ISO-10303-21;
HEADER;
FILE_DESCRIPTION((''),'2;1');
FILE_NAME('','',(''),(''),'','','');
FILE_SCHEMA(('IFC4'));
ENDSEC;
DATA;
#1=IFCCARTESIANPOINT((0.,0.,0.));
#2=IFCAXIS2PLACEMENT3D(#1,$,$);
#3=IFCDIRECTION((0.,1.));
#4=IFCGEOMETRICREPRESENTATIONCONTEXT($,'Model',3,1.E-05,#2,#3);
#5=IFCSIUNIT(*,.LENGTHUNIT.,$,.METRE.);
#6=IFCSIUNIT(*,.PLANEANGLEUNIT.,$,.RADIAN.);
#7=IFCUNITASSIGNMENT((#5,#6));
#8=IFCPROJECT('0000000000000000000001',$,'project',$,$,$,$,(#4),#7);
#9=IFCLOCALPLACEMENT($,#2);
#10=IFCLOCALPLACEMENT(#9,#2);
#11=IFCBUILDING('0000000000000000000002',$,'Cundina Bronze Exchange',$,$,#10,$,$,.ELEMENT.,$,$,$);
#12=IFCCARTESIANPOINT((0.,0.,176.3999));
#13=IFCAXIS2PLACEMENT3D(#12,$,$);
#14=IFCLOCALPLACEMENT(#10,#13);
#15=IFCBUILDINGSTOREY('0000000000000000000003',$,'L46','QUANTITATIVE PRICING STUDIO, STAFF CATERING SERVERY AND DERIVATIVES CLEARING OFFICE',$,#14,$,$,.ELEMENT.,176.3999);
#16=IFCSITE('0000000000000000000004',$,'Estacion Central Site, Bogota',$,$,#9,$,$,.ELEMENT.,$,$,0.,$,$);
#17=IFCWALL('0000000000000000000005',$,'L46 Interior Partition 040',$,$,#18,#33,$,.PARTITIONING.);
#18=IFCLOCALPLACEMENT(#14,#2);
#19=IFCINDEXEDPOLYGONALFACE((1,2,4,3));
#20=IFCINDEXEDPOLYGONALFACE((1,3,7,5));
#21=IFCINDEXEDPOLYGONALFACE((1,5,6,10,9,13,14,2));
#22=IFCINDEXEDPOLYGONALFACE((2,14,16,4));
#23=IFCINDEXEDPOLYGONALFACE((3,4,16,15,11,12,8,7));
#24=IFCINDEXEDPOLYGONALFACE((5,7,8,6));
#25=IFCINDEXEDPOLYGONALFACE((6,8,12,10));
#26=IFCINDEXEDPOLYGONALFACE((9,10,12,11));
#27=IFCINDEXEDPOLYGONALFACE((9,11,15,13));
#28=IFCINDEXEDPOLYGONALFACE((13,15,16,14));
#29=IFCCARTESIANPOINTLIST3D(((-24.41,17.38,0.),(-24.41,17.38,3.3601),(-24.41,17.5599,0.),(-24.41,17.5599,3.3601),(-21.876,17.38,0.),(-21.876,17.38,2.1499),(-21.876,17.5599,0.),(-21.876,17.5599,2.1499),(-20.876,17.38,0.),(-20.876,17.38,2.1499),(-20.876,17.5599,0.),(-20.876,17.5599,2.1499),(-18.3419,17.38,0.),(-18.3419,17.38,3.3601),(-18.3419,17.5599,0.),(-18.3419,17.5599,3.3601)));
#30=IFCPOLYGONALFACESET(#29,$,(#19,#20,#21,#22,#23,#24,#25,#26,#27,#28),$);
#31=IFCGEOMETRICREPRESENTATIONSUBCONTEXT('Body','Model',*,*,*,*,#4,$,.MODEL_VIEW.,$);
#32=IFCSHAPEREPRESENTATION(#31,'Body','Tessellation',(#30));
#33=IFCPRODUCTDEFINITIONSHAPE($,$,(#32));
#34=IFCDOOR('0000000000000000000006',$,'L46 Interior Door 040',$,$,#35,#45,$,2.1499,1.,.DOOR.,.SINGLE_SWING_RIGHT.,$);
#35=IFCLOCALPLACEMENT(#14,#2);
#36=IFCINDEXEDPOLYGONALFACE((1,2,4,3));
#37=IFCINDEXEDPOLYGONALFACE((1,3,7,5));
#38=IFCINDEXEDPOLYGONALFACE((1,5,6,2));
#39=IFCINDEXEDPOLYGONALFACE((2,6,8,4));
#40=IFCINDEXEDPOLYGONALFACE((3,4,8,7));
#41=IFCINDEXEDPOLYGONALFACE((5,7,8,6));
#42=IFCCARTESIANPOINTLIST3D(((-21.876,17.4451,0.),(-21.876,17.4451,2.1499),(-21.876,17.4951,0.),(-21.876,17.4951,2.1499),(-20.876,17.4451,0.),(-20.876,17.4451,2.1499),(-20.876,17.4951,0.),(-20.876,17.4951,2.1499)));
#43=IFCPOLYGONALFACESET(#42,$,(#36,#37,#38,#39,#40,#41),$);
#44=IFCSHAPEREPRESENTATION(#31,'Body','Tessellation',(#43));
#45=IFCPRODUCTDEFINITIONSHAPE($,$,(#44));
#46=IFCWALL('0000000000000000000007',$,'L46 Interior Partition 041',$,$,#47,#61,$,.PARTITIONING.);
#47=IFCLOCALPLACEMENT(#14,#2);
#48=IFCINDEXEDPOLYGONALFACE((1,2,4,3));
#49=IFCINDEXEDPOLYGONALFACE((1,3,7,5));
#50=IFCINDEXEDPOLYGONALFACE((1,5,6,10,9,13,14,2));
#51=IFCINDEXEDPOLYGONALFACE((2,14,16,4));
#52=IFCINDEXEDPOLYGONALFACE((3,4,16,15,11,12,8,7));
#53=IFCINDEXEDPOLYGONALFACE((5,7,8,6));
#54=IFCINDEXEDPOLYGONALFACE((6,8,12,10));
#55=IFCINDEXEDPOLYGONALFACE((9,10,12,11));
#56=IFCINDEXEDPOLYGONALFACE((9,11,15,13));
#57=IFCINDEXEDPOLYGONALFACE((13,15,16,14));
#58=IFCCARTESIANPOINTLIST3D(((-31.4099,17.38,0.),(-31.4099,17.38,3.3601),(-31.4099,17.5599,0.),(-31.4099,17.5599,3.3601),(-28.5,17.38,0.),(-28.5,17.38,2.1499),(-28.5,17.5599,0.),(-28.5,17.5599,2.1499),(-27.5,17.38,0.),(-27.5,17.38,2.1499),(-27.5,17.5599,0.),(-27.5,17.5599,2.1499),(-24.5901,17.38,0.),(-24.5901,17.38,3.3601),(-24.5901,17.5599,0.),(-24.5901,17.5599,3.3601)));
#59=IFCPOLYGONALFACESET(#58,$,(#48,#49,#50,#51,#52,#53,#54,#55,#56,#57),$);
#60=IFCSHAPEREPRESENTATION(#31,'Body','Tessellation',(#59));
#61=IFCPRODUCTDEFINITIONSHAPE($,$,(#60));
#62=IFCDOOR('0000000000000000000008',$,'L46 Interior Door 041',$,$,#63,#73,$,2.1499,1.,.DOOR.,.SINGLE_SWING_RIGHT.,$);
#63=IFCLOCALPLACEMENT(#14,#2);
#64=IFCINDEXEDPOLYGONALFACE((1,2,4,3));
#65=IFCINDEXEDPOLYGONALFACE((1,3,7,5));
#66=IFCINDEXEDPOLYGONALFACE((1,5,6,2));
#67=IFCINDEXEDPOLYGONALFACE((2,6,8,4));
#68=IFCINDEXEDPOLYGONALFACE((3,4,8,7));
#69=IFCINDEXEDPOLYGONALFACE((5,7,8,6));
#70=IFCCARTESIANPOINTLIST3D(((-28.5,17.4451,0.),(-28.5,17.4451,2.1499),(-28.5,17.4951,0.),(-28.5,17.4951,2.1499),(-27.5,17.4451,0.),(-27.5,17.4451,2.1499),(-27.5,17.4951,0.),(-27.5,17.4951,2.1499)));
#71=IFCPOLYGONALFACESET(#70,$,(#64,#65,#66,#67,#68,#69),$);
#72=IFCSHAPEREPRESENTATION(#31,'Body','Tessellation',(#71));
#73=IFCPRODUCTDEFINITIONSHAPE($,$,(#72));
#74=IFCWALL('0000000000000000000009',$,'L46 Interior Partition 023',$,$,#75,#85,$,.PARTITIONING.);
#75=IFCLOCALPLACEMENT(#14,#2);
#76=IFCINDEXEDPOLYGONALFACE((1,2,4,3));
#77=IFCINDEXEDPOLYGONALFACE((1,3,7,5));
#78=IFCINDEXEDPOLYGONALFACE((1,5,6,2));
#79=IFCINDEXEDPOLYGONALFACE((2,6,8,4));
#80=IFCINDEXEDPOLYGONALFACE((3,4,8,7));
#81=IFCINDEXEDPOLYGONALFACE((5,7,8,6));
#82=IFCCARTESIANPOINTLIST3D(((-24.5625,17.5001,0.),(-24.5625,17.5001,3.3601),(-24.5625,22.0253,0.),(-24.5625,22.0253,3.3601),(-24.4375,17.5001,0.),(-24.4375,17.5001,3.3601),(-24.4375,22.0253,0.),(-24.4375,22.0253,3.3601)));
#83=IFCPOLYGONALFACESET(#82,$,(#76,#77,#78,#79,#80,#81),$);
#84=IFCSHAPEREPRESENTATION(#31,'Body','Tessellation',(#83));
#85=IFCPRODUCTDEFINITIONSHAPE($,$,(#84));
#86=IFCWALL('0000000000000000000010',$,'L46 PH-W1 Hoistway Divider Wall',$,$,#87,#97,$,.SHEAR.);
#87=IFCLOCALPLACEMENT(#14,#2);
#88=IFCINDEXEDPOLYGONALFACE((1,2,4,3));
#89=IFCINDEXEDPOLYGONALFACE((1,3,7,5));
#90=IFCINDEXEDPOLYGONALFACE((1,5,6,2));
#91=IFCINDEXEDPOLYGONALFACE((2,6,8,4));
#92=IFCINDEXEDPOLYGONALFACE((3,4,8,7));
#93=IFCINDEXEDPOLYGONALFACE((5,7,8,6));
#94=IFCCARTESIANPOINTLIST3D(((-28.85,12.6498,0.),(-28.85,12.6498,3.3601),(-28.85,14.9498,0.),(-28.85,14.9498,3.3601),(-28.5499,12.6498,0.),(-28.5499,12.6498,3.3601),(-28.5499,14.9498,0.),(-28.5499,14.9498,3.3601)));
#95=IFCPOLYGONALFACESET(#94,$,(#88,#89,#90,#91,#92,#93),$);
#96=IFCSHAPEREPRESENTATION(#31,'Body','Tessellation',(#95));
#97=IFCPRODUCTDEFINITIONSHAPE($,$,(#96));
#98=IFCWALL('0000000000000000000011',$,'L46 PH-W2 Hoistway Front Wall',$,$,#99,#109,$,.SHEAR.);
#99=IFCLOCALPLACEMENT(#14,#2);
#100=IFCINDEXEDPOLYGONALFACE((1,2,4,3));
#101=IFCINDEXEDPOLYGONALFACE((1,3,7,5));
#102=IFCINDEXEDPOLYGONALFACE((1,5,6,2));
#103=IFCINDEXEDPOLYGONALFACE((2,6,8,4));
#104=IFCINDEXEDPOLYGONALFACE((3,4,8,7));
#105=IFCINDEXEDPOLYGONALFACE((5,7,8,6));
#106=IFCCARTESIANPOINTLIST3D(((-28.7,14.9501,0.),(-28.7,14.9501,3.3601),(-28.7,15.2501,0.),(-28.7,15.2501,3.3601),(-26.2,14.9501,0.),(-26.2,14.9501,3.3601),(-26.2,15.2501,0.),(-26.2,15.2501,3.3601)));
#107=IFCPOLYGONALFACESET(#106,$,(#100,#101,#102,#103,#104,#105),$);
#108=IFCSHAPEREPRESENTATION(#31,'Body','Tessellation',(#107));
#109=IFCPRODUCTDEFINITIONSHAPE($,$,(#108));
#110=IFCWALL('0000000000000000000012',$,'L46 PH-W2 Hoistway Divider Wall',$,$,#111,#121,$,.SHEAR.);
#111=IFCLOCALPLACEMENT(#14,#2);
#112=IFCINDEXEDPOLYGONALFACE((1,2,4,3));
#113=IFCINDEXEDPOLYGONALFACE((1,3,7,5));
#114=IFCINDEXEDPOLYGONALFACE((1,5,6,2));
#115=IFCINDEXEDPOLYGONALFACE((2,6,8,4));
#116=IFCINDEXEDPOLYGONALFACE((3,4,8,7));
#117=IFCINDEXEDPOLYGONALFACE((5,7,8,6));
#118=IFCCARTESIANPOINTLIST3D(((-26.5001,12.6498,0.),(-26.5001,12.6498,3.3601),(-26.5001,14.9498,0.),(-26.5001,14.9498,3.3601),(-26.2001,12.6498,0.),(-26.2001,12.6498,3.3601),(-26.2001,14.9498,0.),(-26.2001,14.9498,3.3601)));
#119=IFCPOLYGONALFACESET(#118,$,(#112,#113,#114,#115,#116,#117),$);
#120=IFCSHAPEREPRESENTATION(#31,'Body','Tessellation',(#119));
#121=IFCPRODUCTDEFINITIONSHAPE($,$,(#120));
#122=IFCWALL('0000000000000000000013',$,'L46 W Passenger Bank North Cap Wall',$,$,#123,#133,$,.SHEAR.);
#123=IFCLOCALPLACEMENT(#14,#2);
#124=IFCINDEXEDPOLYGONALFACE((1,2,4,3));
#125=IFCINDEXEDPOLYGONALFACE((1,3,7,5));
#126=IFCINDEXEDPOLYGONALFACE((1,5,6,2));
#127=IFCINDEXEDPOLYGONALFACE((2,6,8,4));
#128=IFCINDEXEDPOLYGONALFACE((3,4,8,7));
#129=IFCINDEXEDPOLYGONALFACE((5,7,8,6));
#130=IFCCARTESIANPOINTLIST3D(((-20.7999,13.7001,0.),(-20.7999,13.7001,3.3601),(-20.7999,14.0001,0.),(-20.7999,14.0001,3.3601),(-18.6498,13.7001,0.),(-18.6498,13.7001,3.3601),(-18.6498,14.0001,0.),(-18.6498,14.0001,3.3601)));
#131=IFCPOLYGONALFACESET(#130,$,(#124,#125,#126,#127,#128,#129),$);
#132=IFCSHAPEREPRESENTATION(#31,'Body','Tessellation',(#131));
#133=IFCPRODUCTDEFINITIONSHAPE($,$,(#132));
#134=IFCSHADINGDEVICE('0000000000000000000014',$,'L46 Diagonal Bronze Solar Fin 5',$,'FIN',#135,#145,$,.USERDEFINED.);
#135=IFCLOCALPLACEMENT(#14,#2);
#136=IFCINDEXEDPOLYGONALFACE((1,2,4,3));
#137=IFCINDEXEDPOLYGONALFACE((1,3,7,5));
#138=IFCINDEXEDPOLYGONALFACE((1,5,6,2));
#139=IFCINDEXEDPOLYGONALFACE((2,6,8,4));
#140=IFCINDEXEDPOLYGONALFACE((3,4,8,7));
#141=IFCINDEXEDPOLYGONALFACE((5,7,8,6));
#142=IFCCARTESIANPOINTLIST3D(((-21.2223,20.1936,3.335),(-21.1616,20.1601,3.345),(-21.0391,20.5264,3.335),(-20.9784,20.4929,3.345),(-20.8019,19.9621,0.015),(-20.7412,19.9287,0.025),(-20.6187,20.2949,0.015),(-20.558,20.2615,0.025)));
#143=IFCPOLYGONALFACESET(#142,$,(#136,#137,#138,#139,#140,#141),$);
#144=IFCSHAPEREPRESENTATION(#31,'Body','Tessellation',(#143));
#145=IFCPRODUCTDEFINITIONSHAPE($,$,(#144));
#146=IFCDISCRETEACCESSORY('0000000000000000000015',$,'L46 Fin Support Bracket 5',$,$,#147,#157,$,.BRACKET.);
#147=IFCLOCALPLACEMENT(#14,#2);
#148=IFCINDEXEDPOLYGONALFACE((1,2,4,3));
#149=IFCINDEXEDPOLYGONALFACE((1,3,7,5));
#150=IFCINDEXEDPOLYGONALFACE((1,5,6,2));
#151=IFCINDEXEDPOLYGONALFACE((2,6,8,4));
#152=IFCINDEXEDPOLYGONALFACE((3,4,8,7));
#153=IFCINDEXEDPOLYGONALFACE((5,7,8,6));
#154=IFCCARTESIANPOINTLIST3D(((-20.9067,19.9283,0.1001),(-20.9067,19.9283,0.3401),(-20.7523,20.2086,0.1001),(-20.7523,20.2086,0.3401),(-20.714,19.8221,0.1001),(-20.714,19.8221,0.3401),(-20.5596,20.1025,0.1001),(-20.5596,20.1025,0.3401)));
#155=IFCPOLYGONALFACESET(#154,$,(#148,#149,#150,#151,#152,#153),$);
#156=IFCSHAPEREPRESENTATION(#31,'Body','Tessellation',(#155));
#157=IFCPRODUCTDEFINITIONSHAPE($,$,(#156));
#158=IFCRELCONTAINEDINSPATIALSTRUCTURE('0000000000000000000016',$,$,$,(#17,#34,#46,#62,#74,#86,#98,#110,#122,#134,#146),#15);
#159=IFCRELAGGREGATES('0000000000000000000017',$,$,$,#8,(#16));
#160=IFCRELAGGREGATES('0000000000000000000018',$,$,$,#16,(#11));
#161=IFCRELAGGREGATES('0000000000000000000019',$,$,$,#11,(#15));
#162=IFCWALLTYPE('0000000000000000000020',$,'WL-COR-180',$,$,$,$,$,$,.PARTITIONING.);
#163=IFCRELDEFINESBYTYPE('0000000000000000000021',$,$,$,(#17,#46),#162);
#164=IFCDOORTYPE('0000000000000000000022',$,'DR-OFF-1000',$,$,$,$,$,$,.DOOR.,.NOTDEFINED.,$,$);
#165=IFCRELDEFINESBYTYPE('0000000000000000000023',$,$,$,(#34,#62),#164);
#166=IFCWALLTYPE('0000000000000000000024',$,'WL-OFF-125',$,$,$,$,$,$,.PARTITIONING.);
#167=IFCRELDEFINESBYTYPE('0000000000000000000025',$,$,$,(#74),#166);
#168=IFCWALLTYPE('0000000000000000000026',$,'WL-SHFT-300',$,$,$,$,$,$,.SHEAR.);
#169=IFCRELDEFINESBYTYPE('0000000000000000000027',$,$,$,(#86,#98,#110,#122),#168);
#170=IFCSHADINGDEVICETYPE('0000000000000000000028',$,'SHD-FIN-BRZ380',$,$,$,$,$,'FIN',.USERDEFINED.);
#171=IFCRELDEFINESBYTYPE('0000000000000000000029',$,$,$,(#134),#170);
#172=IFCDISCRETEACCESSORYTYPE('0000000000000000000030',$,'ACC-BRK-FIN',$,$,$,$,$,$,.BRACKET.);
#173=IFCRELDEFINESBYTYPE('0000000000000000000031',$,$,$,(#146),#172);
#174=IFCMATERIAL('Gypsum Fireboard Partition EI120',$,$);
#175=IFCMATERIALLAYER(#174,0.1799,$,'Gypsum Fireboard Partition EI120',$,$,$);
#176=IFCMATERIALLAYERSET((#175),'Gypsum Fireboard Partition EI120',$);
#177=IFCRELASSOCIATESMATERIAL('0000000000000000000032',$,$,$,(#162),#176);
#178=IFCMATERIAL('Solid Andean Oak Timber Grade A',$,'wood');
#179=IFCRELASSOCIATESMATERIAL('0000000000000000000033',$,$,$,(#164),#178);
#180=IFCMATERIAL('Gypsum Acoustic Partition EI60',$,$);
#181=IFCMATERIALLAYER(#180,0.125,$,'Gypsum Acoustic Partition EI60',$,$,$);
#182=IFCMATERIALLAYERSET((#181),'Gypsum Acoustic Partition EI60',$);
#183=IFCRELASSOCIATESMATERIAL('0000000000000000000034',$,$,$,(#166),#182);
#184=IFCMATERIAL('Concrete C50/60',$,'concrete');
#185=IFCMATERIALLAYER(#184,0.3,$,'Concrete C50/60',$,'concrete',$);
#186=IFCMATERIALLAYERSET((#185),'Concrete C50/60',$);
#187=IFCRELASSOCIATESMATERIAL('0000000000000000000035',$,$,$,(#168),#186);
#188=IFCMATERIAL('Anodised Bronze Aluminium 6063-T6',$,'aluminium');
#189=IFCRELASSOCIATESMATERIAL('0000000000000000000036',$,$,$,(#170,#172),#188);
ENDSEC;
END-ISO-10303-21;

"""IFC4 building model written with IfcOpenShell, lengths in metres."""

from ifc_helpers import new_model, si_unit, direction, frame, frame_2d, origin, origin_2d, place, context, subcontext, project, spatial, rectangle, extrude, material, layer, layer_set, material_profile, profile_set, type_object, element, fill, save


model = new_model("IFC4")

# Units and contexts
model_context = context("Model", 3, precision=1e-05, world=origin(), true_north=direction((0.0, 1.0)))
body_context = subcontext(model_context, "Body", "Model", "MODEL_VIEW")
ifc_project = project(units=[si_unit("LENGTHUNIT", "METRE"), si_unit("PLANEANGLEUNIT", "RADIAN")], contexts=[model_context])

# Site, building, storey
site_placement = place(None, origin())
site = spatial("IfcSite", under=ifc_project, at=site_placement, Name="Estacion Central Site, Bogota", CompositionType="ELEMENT", RefElevation=0.0)
building_placement = place(site_placement, origin())
building = spatial("IfcBuilding", under=site, at=building_placement, Name="Cundina Bronze Exchange", CompositionType="ELEMENT")
storey_placement = place(building_placement, frame((0.0, 0.0, 176.3999)))
storey = spatial("IfcBuildingStorey", under=building, at=storey_placement, Name="L46", Description="QUANTITATIVE PRICING STUDIO, STAFF CATERING SERVERY AND DERIVATIVES CLEARING OFFICE", CompositionType="ELEMENT", Elevation=176.3999)

# Shared definitions
ifc_material_1 = material(Name="Concrete C50/60", Category="concrete")

# Shared definitions
ifc_material_2 = material(Name="Anodised Bronze Aluminium 6063-T6", Category="aluminium")

# Shared definitions
ifc_material_3 = material(Name="Gypsum Fireboard Partition EI120")
ifc_layer_1 = layer(ifc_material_3, 0.1799, Name="Gypsum Fireboard Partition EI120")
ifc_layer_set_1 = layer_set([ifc_layer_1], Name="Gypsum Fireboard Partition EI120")
wall_type_1 = type_object("IfcWallType", Name="WL-COR-180", PredefinedType="PARTITIONING", material=ifc_layer_set_1)
ifc_material_4 = material(Name="Solid Andean Oak Timber Grade A", Category="wood")

# Walls, openings, doors
wall_1_placement = place(storey_placement, frame((-18.3418, 17.47, 0.0), z_axis=(0.0, 0.0, 1.0), x_axis=(-1.0, 0.0, 0.0)))
wall_1 = element("IfcWall", 1, at=wall_1_placement, inside=storey, type_object=wall_type_1, Name="L46 Interior Partition 040", PredefinedType="PARTITIONING", context=body_context, shape_type="SweptSolid", body=[
    extrude(rectangle(XDim=6.0681, YDim=0.1799, at=frame_2d((3.0342, 0.0))), origin(), (0.0, 0.0, 1.0), 3.3601),
])
opening_1_placement = place(wall_1_placement, frame((2.5342, 0.0, 0.0)))
opening_1 = element("IfcOpeningElement", 2, at=opening_1_placement, cuts=wall_1, PredefinedType="OPENING", context=body_context, shape_type="SweptSolid", body=[
    extrude(rectangle(XDim=1.0, YDim=2.1499, at=frame_2d((0.5, 1.075))), frame((0.0, 0.0999, 0.0), z_axis=(0.0, -1.0, 0.0), x_axis=(1.0, 0.0, 0.0)), (0.0, 0.0, 1.0), 0.2),
])
door_type_1 = type_object("IfcDoorType", Name="DR-OFF-1000", OperationType="NOTDEFINED", PredefinedType="DOOR", material=ifc_material_4)
door_1_placement = place(opening_1_placement, origin())
door_1 = element("IfcDoor", 3, at=door_1_placement, inside=storey, type_object=door_type_1, Name="L46 Interior Door 040", OperationType="SINGLE_SWING_RIGHT", OverallHeight=2.1499, OverallWidth=1.0, PredefinedType="DOOR", context=body_context, shape_type="SweptSolid", body=[
    extrude(rectangle(XDim=1.0, YDim=2.1499, at=frame_2d((0.5, 1.075))), frame((0.0, 0.0249, 0.0), z_axis=(0.0, -1.0, 0.0), x_axis=(1.0, 0.0, 0.0)), (0.0, 0.0, 1.0), 0.05),
])
fill(opening_1, door_1)
wall_2_placement = place(storey_placement, frame((-24.5901, 17.47, 0.0), z_axis=(0.0, 0.0, 1.0), x_axis=(-1.0, 0.0, 0.0)))
wall_2 = element("IfcWall", 4, at=wall_2_placement, inside=storey, type_object=wall_type_1, Name="L46 Interior Partition 041", PredefinedType="PARTITIONING", context=body_context, shape_type="SweptSolid", body=[
    extrude(rectangle(XDim=6.8198, YDim=0.1799, at=frame_2d((3.4099, 0.0))), origin(), (0.0, 0.0, 1.0), 3.3601),
])
opening_2_placement = place(wall_2_placement, frame((2.9099, 0.0, 0.0)))
opening_2 = element("IfcOpeningElement", 5, at=opening_2_placement, cuts=wall_2, PredefinedType="OPENING", context=body_context, shape_type="SweptSolid", body=[
    extrude(rectangle(XDim=1.0, YDim=2.1499, at=frame_2d((0.5, 1.075))), frame((0.0, 0.0999, 0.0), z_axis=(0.0, -1.0, 0.0), x_axis=(1.0, 0.0, 0.0)), (0.0, 0.0, 1.0), 0.2),
])
door_2_placement = place(opening_2_placement, origin())
door_2 = element("IfcDoor", 6, at=door_2_placement, inside=storey, type_object=door_type_1, Name="L46 Interior Door 041", OperationType="SINGLE_SWING_RIGHT", OverallHeight=2.1499, OverallWidth=1.0, PredefinedType="DOOR", context=body_context, shape_type="SweptSolid", body=[
    extrude(rectangle(XDim=1.0, YDim=2.1499, at=frame_2d((0.5, 1.075))), frame((0.0, 0.0249, 0.0), z_axis=(0.0, -1.0, 0.0), x_axis=(1.0, 0.0, 0.0)), (0.0, 0.0, 1.0), 0.05),
])
fill(opening_2, door_2)

# Walls
ifc_material_5 = material(Name="Gypsum Acoustic Partition EI60")
ifc_layer_2 = layer(ifc_material_5, 0.125, Name="Gypsum Acoustic Partition EI60")
ifc_layer_set_2 = layer_set([ifc_layer_2], Name="Gypsum Acoustic Partition EI60")
wall_type_2 = type_object("IfcWallType", Name="WL-OFF-125", PredefinedType="PARTITIONING", material=ifc_layer_set_2)
wall_3_placement = place(storey_placement, frame((-24.5, 17.5, 0.0), z_axis=(0.0, 0.0, 1.0), x_axis=(0.0, 1.0, 0.0)))
element("IfcWall", 7, at=wall_3_placement, inside=storey, type_object=wall_type_2, Name="L46 Interior Partition 023", PredefinedType="PARTITIONING", context=body_context, shape_type="SweptSolid", body=[
    extrude(rectangle(XDim=4.5251, YDim=0.125, at=frame_2d((2.2627, 0.0))), origin(), (0.0, 0.0, 1.0), 3.3601),
])
ifc_layer_3 = layer(ifc_material_1, 0.3, Name="Concrete C50/60", Category="concrete")
ifc_layer_set_3 = layer_set([ifc_layer_3], Name="Concrete C50/60")
wall_type_3 = type_object("IfcWallType", Name="WL-SHFT-300", PredefinedType="SHEAR", material=ifc_layer_set_3)
wall_4_placement = place(storey_placement, frame((-28.7, 12.6499, 0.0), z_axis=(0.0, 0.0, 1.0), x_axis=(0.0, 1.0, 0.0)))
element("IfcWall", 8, at=wall_4_placement, inside=storey, type_object=wall_type_3, Name="L46 PH-W1 Hoistway Divider Wall", PredefinedType="SHEAR", context=body_context, shape_type="SweptSolid", body=[
    extrude(rectangle(XDim=2.3, YDim=0.3, at=frame_2d((1.1499, 0.0))), origin(), (0.0, 0.0, 1.0), 3.3601),
])
wall_5_placement = place(storey_placement, frame((-28.7, 15.1001, 0.0), z_axis=(0.0, 0.0, 1.0), x_axis=(1.0, 0.0, 0.0)))
element("IfcWall", 9, at=wall_5_placement, inside=storey, type_object=wall_type_3, Name="L46 PH-W2 Hoistway Front Wall", PredefinedType="SHEAR", context=body_context, shape_type="SweptSolid", body=[
    extrude(rectangle(XDim=2.5, YDim=0.3, at=frame_2d((1.25, 0.0))), origin(), (0.0, 0.0, 1.0), 3.3601),
])
wall_6_placement = place(storey_placement, frame((-26.3501, 12.6499, 0.0), z_axis=(0.0, 0.0, 1.0), x_axis=(0.0, 1.0, 0.0)))
element("IfcWall", 10, at=wall_6_placement, inside=storey, type_object=wall_type_3, Name="L46 PH-W2 Hoistway Divider Wall", PredefinedType="SHEAR", context=body_context, shape_type="SweptSolid", body=[
    extrude(rectangle(XDim=2.3, YDim=0.3, at=frame_2d((1.1499, 0.0))), origin(), (0.0, 0.0, 1.0), 3.3601),
])
wall_7_placement = place(storey_placement, frame((-20.8, 13.8501, 0.0), z_axis=(0.0, 0.0, 1.0), x_axis=(1.0, 0.0, 0.0)))
element("IfcWall", 11, at=wall_7_placement, inside=storey, type_object=wall_type_3, Name="L46 W Passenger Bank North Cap Wall", PredefinedType="SHEAR", context=body_context, shape_type="SweptSolid", body=[
    extrude(rectangle(XDim=2.1501, YDim=0.3, at=frame_2d((1.0752, 0.0))), origin(), (0.0, 0.0, 1.0), 3.3601),
])

# Shading device
ifc_material_profile_1 = material_profile(ifc_material_2, rectangle(XDim=0.0701, YDim=0.3799, at=origin_2d()), Name="FIN70X380", Category="aluminium")
ifc_profile_set_1 = profile_set([ifc_material_profile_1], Name="Anodised Bronze Aluminium 6063-T6")
shading_device_type = type_object("IfcShadingDeviceType", Name="SHD-FIN-BRZ380", ElementType="FIN", PredefinedType="USERDEFINED", material=ifc_profile_set_1)
shading_device_placement = place(storey_placement, frame((-20.6799, 20.1118, 0.02), z_axis=(-0.125324, 0.068994, 0.989714), x_axis=(0.867012, -0.47731, 0.143061)))
element("IfcShadingDevice", 12, at=shading_device_placement, inside=storey, type_object=shading_device_type, Name="L46 Diagonal Bronze Solar Fin 5", ObjectType="FIN", PredefinedType="USERDEFINED", context=body_context, shape_type="SweptSolid", body=[
    extrude(rectangle(XDim=0.0701, YDim=0.3799, at=origin_2d()), origin(), (0.0, 0.0, 1.0), 3.3545),
])

# Discrete accessory
discrete_accessory_type = type_object("IfcDiscreteAccessoryType", Name="ACC-BRK-FIN", PredefinedType="BRACKET", material=ifc_material_2)
discrete_accessory_placement = place(storey_placement, frame((-20.7332, 20.0154, 0.1001), z_axis=(0.0, 0.0, 1.0), x_axis=(-0.875869, 0.482549, 0.0)))
element("IfcDiscreteAccessory", 13, at=discrete_accessory_placement, inside=storey, type_object=discrete_accessory_type, Name="L46 Fin Support Bracket 5", PredefinedType="BRACKET", context=body_context, shape_type="SweptSolid", body=[
    extrude(rectangle(XDim=0.22, YDim=0.3201, at=origin_2d()), origin(), (0.0, 0.0, 1.0), 0.24),
])

save(model, "model.ifc")
